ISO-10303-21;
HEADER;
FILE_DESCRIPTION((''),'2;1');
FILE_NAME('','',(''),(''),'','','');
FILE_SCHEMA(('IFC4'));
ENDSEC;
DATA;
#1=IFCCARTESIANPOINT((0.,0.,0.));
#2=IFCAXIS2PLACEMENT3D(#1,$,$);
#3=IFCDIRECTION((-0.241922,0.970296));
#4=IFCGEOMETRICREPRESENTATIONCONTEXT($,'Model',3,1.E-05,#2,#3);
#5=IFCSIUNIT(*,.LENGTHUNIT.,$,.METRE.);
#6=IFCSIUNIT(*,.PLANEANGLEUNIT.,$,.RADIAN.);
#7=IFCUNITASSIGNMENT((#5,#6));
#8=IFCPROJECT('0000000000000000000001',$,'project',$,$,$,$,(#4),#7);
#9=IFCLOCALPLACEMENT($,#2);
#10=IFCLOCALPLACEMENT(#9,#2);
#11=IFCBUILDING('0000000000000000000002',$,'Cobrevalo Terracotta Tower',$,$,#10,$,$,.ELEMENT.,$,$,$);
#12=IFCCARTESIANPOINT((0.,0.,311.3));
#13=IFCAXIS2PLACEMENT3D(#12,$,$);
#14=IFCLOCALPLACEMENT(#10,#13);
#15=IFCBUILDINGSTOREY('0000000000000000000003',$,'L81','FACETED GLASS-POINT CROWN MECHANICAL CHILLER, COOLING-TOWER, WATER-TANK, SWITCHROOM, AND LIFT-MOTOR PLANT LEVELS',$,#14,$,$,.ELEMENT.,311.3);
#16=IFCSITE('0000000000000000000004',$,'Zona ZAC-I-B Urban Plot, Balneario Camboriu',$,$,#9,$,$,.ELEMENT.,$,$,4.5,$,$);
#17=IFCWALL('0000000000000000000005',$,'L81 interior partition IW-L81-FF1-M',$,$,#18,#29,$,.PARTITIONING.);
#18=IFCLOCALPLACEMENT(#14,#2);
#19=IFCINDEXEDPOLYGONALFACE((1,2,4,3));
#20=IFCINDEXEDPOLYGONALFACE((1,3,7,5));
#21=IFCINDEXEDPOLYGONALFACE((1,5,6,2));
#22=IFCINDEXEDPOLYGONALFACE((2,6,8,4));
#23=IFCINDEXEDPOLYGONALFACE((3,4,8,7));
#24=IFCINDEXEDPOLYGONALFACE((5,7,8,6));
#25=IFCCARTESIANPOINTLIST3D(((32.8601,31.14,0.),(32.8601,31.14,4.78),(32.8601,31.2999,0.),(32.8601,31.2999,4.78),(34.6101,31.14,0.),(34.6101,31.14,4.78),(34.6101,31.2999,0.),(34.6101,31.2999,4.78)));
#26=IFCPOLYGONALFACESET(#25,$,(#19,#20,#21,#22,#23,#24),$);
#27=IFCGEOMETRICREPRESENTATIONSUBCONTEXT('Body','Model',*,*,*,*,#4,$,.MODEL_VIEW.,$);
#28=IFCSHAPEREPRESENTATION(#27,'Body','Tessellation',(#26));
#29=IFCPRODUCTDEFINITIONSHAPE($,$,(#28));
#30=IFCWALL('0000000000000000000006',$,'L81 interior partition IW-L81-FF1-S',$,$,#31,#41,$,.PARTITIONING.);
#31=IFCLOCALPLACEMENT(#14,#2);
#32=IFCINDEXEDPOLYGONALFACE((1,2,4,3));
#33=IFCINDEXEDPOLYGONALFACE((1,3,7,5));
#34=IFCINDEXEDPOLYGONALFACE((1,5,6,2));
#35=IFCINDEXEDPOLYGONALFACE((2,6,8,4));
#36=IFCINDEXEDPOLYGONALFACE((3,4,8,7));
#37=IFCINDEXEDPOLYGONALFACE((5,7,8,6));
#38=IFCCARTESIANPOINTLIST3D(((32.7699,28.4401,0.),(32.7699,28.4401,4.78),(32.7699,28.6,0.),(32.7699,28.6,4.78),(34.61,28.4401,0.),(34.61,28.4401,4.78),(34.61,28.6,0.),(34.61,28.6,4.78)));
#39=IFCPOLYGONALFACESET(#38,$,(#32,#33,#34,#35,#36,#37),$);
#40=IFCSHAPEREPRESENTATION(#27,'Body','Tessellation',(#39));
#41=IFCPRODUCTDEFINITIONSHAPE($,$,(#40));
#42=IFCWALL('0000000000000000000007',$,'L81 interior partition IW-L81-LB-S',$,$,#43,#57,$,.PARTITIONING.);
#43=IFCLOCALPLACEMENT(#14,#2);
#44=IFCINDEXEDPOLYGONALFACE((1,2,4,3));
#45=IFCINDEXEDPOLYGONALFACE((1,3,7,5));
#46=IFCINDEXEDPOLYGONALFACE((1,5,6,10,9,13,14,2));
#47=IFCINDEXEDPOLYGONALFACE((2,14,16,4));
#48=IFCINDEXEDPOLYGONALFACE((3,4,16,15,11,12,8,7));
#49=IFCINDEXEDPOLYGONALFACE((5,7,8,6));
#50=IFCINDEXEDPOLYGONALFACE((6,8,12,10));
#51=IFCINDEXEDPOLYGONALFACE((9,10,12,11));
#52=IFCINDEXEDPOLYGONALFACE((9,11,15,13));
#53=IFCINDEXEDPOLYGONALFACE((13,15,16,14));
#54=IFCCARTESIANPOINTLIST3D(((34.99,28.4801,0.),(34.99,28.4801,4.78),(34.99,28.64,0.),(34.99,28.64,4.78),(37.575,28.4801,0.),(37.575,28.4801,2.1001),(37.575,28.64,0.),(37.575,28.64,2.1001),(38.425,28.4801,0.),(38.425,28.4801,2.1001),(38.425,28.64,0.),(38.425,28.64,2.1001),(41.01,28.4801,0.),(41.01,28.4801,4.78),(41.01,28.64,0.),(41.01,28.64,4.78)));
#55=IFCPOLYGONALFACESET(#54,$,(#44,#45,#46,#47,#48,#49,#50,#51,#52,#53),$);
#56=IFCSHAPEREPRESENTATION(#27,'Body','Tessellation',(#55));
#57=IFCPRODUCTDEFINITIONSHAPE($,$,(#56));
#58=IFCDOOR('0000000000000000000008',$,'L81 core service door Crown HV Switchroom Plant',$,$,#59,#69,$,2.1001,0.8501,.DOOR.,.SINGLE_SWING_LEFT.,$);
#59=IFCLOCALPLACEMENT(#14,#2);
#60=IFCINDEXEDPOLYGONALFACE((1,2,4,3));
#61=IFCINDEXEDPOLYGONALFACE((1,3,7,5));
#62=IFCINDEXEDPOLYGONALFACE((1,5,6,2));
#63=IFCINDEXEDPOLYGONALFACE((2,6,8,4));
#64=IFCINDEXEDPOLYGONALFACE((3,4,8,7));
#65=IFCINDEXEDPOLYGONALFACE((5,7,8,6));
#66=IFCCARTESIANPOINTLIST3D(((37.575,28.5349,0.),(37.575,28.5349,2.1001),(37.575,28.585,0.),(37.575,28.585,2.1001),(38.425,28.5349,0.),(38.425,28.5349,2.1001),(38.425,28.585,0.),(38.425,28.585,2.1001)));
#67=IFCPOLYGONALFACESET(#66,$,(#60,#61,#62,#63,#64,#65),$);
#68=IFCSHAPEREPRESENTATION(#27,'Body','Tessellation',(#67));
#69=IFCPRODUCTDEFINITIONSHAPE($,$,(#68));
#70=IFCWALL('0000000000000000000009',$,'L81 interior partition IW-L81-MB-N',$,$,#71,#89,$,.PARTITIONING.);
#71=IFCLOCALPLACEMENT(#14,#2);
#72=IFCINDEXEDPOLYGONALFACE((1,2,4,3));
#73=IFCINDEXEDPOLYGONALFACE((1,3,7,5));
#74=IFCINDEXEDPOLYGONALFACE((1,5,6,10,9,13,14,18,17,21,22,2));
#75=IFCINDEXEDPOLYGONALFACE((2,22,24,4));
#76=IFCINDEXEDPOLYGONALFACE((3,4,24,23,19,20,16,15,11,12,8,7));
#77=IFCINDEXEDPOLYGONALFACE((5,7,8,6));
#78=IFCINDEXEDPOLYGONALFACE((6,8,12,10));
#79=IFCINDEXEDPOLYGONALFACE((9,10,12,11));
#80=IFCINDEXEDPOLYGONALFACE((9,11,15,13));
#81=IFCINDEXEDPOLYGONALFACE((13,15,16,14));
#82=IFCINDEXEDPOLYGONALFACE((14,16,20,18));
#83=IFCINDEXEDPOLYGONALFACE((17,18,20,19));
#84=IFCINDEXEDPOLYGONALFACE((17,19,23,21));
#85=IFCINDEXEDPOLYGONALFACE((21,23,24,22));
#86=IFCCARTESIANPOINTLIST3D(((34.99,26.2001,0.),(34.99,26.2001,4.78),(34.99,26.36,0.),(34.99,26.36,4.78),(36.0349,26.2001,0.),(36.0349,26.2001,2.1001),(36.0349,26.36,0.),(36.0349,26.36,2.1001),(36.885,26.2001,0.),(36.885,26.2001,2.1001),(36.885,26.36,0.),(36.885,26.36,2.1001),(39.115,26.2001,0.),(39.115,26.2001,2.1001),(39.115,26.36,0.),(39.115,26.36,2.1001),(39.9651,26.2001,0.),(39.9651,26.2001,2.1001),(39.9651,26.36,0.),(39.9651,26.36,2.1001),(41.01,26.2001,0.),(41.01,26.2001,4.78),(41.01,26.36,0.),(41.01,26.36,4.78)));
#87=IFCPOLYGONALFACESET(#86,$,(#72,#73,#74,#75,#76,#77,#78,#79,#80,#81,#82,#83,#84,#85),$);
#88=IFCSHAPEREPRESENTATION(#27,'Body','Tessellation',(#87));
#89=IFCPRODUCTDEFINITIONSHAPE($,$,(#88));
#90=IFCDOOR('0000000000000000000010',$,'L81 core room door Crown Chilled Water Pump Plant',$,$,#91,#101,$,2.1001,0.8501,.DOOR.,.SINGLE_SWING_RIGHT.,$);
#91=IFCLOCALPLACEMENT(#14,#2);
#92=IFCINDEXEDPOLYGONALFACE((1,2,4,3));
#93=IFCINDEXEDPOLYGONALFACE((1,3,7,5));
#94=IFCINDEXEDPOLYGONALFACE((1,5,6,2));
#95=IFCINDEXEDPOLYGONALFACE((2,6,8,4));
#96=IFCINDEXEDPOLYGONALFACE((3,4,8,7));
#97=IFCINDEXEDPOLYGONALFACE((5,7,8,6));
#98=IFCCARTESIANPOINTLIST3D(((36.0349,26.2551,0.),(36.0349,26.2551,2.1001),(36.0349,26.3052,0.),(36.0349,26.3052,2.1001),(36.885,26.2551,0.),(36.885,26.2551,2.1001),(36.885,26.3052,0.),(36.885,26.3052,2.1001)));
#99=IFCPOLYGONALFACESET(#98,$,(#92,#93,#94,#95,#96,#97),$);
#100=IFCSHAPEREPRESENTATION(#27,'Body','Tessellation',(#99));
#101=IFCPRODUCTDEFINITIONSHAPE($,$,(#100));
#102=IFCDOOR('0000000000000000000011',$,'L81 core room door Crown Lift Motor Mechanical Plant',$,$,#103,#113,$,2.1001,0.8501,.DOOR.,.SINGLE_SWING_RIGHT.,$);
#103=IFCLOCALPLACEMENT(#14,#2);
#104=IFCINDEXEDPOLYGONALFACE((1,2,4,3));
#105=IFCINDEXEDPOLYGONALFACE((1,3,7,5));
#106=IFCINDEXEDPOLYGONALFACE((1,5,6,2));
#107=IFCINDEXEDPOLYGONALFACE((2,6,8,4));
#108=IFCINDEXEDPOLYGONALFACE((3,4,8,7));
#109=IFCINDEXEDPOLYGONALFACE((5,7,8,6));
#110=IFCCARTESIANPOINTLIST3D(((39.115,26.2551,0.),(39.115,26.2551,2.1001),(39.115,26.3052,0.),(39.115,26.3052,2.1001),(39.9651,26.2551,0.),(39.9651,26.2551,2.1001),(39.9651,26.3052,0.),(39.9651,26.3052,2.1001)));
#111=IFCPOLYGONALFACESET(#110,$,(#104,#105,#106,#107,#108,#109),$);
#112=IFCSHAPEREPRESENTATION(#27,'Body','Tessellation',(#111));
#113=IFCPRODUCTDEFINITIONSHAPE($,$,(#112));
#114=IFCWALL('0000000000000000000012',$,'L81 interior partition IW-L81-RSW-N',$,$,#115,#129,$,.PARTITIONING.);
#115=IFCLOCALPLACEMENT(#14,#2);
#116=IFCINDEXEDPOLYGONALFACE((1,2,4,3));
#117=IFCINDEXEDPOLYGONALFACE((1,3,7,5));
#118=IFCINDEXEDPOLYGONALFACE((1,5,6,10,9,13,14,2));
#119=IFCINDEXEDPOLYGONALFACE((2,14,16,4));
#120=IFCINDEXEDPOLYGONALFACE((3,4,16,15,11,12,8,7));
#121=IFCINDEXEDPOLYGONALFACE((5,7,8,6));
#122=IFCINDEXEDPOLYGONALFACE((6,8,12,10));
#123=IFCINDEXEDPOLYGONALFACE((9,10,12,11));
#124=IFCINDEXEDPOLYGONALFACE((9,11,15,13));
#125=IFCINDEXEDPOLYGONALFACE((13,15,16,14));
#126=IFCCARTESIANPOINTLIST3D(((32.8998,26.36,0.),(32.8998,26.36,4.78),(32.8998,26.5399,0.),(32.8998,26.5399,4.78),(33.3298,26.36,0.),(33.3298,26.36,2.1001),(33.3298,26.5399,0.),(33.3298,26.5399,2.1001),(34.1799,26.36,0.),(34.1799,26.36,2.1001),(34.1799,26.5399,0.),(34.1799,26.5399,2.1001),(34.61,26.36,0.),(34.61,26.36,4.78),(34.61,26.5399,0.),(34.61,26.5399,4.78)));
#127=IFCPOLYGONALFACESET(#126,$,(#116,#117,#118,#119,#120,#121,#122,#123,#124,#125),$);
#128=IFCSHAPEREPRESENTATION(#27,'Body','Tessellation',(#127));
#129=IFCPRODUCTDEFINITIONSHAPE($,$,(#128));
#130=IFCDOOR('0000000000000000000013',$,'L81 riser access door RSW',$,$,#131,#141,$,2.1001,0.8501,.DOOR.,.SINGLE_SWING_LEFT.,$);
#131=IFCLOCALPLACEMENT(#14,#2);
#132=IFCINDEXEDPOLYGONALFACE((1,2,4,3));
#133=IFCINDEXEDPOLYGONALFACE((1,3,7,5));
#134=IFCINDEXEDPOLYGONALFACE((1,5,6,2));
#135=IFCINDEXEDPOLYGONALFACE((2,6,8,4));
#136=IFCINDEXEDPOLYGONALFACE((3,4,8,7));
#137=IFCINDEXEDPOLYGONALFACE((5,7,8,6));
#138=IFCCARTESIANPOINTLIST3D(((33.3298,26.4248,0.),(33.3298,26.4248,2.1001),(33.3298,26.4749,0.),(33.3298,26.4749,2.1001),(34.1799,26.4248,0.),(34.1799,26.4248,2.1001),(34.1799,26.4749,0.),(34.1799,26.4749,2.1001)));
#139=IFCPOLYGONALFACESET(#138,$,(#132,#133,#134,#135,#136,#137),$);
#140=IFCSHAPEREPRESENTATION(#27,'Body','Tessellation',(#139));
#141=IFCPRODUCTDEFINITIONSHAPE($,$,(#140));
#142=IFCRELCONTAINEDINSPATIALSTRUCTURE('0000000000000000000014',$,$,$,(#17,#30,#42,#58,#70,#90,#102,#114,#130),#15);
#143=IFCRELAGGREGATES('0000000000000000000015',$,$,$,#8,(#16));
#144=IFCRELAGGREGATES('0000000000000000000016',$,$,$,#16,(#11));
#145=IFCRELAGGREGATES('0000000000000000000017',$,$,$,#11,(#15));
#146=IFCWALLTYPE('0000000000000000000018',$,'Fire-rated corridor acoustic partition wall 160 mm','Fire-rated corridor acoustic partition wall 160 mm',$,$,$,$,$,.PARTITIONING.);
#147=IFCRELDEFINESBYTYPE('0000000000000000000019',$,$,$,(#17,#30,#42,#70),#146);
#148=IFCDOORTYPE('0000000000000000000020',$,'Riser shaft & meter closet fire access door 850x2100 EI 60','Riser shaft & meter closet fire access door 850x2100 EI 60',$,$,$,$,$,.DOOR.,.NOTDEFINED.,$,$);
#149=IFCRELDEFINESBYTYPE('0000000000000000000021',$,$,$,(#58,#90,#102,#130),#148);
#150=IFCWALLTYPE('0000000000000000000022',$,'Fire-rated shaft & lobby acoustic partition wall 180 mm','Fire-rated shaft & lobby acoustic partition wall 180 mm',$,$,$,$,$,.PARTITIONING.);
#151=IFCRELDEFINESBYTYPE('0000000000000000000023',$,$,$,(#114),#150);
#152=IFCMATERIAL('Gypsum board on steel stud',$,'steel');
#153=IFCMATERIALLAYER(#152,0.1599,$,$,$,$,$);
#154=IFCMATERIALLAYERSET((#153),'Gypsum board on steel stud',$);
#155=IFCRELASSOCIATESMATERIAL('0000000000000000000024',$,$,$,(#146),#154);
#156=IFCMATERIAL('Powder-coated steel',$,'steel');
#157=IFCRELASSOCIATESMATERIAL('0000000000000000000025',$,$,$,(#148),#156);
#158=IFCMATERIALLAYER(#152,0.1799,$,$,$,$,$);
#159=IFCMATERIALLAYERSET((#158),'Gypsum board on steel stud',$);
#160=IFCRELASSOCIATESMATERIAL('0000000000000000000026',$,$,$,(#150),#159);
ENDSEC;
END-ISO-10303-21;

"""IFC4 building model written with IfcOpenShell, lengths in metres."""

from ifc_helpers import new_model, si_unit, direction, frame, frame_2d, origin, place, context, subcontext, project, spatial, rectangle, extrude, source, transform, mapped, material, layer, layer_set, type_object, element, fill, save


model = new_model("IFC4")

# Units and contexts
model_context = context("Model", 3, precision=1e-05, world=origin(), true_north=direction((-0.241922, 0.970296)))
body_context = subcontext(model_context, "Body", "Model", "MODEL_VIEW")
ifc_project = project(units=[si_unit("LENGTHUNIT", "METRE"), si_unit("PLANEANGLEUNIT", "RADIAN")], contexts=[model_context])

# Site, building, storey
site_placement = place(None, origin())
site = spatial("IfcSite", under=ifc_project, at=site_placement, Name="Zona ZAC-I-B Urban Plot, Balneario Camboriu", CompositionType="ELEMENT", RefElevation=4.5)
building_placement = place(site_placement, origin())
building = spatial("IfcBuilding", under=site, at=building_placement, Name="Cobrevalo Terracotta Tower", CompositionType="ELEMENT")
storey_placement = place(building_placement, frame((0.0, 0.0, 311.3)))
storey = spatial("IfcBuildingStorey", under=building, at=storey_placement, Name="L81", Description="FACETED GLASS-POINT CROWN MECHANICAL CHILLER, COOLING-TOWER, WATER-TANK, SWITCHROOM, AND LIFT-MOTOR PLANT LEVELS", CompositionType="ELEMENT", Elevation=311.3)

# Walls
ifc_material_1 = material(Name="Gypsum board on steel stud", Category="steel")
ifc_layer_1 = layer(ifc_material_1, 0.1599)
ifc_layer_set_1 = layer_set([ifc_layer_1], Name="Gypsum board on steel stud")
wall_type_1 = type_object("IfcWallType", Name="Fire-rated corridor acoustic partition wall 160 mm", Description="Fire-rated corridor acoustic partition wall 160 mm", PredefinedType="PARTITIONING", material=ifc_layer_set_1)
wall_1_placement = place(storey_placement, frame((32.8601, 31.22, 0.0), z_axis=(0.0, 0.0, 1.0), x_axis=(1.0, 0.0, 0.0)))
element("IfcWall", 1, at=wall_1_placement, inside=storey, type_object=wall_type_1, Name="L81 interior partition IW-L81-FF1-M", PredefinedType="PARTITIONING", context=body_context, shape_type="SweptSolid", body=[
    extrude(rectangle(XDim=1.75, YDim=0.1599, at=frame_2d((0.875, 0.0))), origin(), (0.0, 0.0, 1.0), 4.78),
])
wall_2_placement = place(storey_placement, frame((32.77, 28.52, 0.0), z_axis=(0.0, 0.0, 1.0), x_axis=(1.0, 0.0, 0.0)))
element("IfcWall", 2, at=wall_2_placement, inside=storey, type_object=wall_type_1, Name="L81 interior partition IW-L81-FF1-S", PredefinedType="PARTITIONING", context=body_context, shape_type="SweptSolid", body=[
    extrude(rectangle(XDim=1.8401, YDim=0.1599, at=frame_2d((0.9199, 0.0))), origin(), (0.0, 0.0, 1.0), 4.78),
])

# Wall, opening, door
wall_3_placement = place(storey_placement, frame((34.99, 28.5601, 0.0), z_axis=(0.0, 0.0, 1.0), x_axis=(1.0, 0.0, 0.0)))
wall_3 = element("IfcWall", 3, at=wall_3_placement, inside=storey, type_object=wall_type_1, Name="L81 interior partition IW-L81-LB-S", PredefinedType="PARTITIONING", context=body_context, shape_type="SweptSolid", body=[
    extrude(rectangle(XDim=6.02, YDim=0.1599, at=frame_2d((3.01, 0.0))), origin(), (0.0, 0.0, 1.0), 4.78),
])
opening_1_placement = place(wall_3_placement, frame((2.585, 0.0, 0.0)))
opening_1 = element("IfcOpeningElement", 4, at=opening_1_placement, cuts=wall_3, PredefinedType="OPENING", context=body_context, shape_type="SweptSolid", body=[
    extrude(rectangle(XDim=0.8501, YDim=2.1001, at=frame_2d((0.425, 1.05))), frame((0.0, 0.0898, 0.0), z_axis=(0.0, -1.0, 0.0), x_axis=(1.0, 0.0, 0.0)), (0.0, 0.0, 1.0), 0.1799),
])
ifc_material_2 = material(Name="Powder-coated steel", Category="steel")
door_type_1 = type_object("IfcDoorType", Name="Riser shaft & meter closet fire access door 850x2100 EI 60", Description="Riser shaft & meter closet fire access door 850x2100 EI 60", OperationType="NOTDEFINED", PredefinedType="DOOR", material=ifc_material_2)
shared_shape_1 = source(origin(), body_context, "Body", "SweptSolid", [
    extrude(rectangle(XDim=0.8501, YDim=2.1001, at=frame_2d((0.425, 1.05))), frame((0.0, 0.0249, 0.0), z_axis=(0.0, -1.0, 0.0), x_axis=(1.0, 0.0, 0.0)), (0.0, 0.0, 1.0), 0.05),
])
door_1_placement = place(opening_1_placement, origin())
door_1 = element("IfcDoor", 5, at=door_1_placement, inside=storey, type_object=door_type_1, Name="L81 core service door Crown HV Switchroom Plant", OperationType="SINGLE_SWING_LEFT", OverallHeight=2.1001, OverallWidth=0.8501, PredefinedType="DOOR", context=body_context, shape_type="MappedRepresentation", body=[
    mapped(shared_shape_1, transform((0.0, 0.0, 0.0), scale=1.0)),
])
fill(opening_1, door_1)

# Wall, openings, doors
wall_4_placement = place(storey_placement, frame((34.99, 26.28, 0.0), z_axis=(0.0, 0.0, 1.0), x_axis=(1.0, 0.0, 0.0)))
wall_4 = element("IfcWall", 6, at=wall_4_placement, inside=storey, type_object=wall_type_1, Name="L81 interior partition IW-L81-MB-N", PredefinedType="PARTITIONING", context=body_context, shape_type="SweptSolid", body=[
    extrude(rectangle(XDim=6.02, YDim=0.1599, at=frame_2d((3.01, 0.0))), origin(), (0.0, 0.0, 1.0), 4.78),
])
opening_2_placement = place(wall_4_placement, frame((1.0449, 0.0, 0.0)))
opening_2 = element("IfcOpeningElement", 7, at=opening_2_placement, cuts=wall_4, PredefinedType="OPENING", context=body_context, shape_type="SweptSolid", body=[
    extrude(rectangle(XDim=0.8501, YDim=2.1001, at=frame_2d((0.425, 1.05))), frame((0.0, 0.0898, 0.0), z_axis=(0.0, -1.0, 0.0), x_axis=(1.0, 0.0, 0.0)), (0.0, 0.0, 1.0), 0.1799),
])
opening_3_placement = place(wall_4_placement, frame((4.125, 0.0, 0.0)))
opening_3 = element("IfcOpeningElement", 8, at=opening_3_placement, cuts=wall_4, PredefinedType="OPENING", context=body_context, shape_type="SweptSolid", body=[
    extrude(rectangle(XDim=0.8501, YDim=2.1001, at=frame_2d((0.425, 1.05))), frame((0.0, 0.0898, 0.0), z_axis=(0.0, -1.0, 0.0), x_axis=(1.0, 0.0, 0.0)), (0.0, 0.0, 1.0), 0.1799),
])
door_2_placement = place(opening_2_placement, frame((0.8501, 0.0, 0.0), z_axis=(0.0, 0.0, 1.0), x_axis=(-1.0, 0.0, 0.0)))
door_2 = element("IfcDoor", 9, at=door_2_placement, inside=storey, type_object=door_type_1, Name="L81 core room door Crown Chilled Water Pump Plant", OperationType="SINGLE_SWING_RIGHT", OverallHeight=2.1001, OverallWidth=0.8501, PredefinedType="DOOR", context=body_context, shape_type="MappedRepresentation", body=[
    mapped(shared_shape_1, transform((0.0, 0.0, 0.0), scale=1.0)),
])
fill(opening_2, door_2)
door_3_placement = place(opening_3_placement, frame((0.8501, 0.0, 0.0), z_axis=(0.0, 0.0, 1.0), x_axis=(-1.0, 0.0, 0.0)))
door_3 = element("IfcDoor", 10, at=door_3_placement, inside=storey, type_object=door_type_1, Name="L81 core room door Crown Lift Motor Mechanical Plant", OperationType="SINGLE_SWING_RIGHT", OverallHeight=2.1001, OverallWidth=0.8501, PredefinedType="DOOR", context=body_context, shape_type="MappedRepresentation", body=[
    mapped(shared_shape_1, transform((0.0, 0.0, 0.0), scale=1.0)),
])
fill(opening_3, door_3)

# Wall, opening, door
ifc_layer_2 = layer(ifc_material_1, 0.1799)
ifc_layer_set_2 = layer_set([ifc_layer_2], Name="Gypsum board on steel stud")
wall_type_2 = type_object("IfcWallType", Name="Fire-rated shaft & lobby acoustic partition wall 180 mm", Description="Fire-rated shaft & lobby acoustic partition wall 180 mm", PredefinedType="PARTITIONING", material=ifc_layer_set_2)
wall_5_placement = place(storey_placement, frame((32.8999, 26.45, 0.0), z_axis=(0.0, 0.0, 1.0), x_axis=(1.0, 0.0, 0.0)))
wall_5 = element("IfcWall", 11, at=wall_5_placement, inside=storey, type_object=wall_type_2, Name="L81 interior partition IW-L81-RSW-N", PredefinedType="PARTITIONING", context=body_context, shape_type="SweptSolid", body=[
    extrude(rectangle(XDim=1.7102, YDim=0.1799, at=frame_2d((0.855, 0.0))), origin(), (0.0, 0.0, 1.0), 4.78),
])
opening_4_placement = place(wall_5_placement, frame((0.4299, 0.0, 0.0)))
opening_4 = element("IfcOpeningElement", 12, at=opening_4_placement, cuts=wall_5, PredefinedType="OPENING", context=body_context, shape_type="SweptSolid", body=[
    extrude(rectangle(XDim=0.8501, YDim=2.1001, at=frame_2d((0.425, 1.05))), frame((0.0, 0.1001, 0.0), z_axis=(0.0, -1.0, 0.0), x_axis=(1.0, 0.0, 0.0)), (0.0, 0.0, 1.0), 0.2),
])
door_4_placement = place(opening_4_placement, origin())
door_4 = element("IfcDoor", 13, at=door_4_placement, inside=storey, type_object=door_type_1, Name="L81 riser access door RSW", OperationType="SINGLE_SWING_LEFT", OverallHeight=2.1001, OverallWidth=0.8501, PredefinedType="DOOR", context=body_context, shape_type="MappedRepresentation", body=[
    mapped(shared_shape_1, transform((0.0, 0.0, 0.0), scale=1.0)),
])
fill(opening_4, door_4)

save(model, "model.ifc")
